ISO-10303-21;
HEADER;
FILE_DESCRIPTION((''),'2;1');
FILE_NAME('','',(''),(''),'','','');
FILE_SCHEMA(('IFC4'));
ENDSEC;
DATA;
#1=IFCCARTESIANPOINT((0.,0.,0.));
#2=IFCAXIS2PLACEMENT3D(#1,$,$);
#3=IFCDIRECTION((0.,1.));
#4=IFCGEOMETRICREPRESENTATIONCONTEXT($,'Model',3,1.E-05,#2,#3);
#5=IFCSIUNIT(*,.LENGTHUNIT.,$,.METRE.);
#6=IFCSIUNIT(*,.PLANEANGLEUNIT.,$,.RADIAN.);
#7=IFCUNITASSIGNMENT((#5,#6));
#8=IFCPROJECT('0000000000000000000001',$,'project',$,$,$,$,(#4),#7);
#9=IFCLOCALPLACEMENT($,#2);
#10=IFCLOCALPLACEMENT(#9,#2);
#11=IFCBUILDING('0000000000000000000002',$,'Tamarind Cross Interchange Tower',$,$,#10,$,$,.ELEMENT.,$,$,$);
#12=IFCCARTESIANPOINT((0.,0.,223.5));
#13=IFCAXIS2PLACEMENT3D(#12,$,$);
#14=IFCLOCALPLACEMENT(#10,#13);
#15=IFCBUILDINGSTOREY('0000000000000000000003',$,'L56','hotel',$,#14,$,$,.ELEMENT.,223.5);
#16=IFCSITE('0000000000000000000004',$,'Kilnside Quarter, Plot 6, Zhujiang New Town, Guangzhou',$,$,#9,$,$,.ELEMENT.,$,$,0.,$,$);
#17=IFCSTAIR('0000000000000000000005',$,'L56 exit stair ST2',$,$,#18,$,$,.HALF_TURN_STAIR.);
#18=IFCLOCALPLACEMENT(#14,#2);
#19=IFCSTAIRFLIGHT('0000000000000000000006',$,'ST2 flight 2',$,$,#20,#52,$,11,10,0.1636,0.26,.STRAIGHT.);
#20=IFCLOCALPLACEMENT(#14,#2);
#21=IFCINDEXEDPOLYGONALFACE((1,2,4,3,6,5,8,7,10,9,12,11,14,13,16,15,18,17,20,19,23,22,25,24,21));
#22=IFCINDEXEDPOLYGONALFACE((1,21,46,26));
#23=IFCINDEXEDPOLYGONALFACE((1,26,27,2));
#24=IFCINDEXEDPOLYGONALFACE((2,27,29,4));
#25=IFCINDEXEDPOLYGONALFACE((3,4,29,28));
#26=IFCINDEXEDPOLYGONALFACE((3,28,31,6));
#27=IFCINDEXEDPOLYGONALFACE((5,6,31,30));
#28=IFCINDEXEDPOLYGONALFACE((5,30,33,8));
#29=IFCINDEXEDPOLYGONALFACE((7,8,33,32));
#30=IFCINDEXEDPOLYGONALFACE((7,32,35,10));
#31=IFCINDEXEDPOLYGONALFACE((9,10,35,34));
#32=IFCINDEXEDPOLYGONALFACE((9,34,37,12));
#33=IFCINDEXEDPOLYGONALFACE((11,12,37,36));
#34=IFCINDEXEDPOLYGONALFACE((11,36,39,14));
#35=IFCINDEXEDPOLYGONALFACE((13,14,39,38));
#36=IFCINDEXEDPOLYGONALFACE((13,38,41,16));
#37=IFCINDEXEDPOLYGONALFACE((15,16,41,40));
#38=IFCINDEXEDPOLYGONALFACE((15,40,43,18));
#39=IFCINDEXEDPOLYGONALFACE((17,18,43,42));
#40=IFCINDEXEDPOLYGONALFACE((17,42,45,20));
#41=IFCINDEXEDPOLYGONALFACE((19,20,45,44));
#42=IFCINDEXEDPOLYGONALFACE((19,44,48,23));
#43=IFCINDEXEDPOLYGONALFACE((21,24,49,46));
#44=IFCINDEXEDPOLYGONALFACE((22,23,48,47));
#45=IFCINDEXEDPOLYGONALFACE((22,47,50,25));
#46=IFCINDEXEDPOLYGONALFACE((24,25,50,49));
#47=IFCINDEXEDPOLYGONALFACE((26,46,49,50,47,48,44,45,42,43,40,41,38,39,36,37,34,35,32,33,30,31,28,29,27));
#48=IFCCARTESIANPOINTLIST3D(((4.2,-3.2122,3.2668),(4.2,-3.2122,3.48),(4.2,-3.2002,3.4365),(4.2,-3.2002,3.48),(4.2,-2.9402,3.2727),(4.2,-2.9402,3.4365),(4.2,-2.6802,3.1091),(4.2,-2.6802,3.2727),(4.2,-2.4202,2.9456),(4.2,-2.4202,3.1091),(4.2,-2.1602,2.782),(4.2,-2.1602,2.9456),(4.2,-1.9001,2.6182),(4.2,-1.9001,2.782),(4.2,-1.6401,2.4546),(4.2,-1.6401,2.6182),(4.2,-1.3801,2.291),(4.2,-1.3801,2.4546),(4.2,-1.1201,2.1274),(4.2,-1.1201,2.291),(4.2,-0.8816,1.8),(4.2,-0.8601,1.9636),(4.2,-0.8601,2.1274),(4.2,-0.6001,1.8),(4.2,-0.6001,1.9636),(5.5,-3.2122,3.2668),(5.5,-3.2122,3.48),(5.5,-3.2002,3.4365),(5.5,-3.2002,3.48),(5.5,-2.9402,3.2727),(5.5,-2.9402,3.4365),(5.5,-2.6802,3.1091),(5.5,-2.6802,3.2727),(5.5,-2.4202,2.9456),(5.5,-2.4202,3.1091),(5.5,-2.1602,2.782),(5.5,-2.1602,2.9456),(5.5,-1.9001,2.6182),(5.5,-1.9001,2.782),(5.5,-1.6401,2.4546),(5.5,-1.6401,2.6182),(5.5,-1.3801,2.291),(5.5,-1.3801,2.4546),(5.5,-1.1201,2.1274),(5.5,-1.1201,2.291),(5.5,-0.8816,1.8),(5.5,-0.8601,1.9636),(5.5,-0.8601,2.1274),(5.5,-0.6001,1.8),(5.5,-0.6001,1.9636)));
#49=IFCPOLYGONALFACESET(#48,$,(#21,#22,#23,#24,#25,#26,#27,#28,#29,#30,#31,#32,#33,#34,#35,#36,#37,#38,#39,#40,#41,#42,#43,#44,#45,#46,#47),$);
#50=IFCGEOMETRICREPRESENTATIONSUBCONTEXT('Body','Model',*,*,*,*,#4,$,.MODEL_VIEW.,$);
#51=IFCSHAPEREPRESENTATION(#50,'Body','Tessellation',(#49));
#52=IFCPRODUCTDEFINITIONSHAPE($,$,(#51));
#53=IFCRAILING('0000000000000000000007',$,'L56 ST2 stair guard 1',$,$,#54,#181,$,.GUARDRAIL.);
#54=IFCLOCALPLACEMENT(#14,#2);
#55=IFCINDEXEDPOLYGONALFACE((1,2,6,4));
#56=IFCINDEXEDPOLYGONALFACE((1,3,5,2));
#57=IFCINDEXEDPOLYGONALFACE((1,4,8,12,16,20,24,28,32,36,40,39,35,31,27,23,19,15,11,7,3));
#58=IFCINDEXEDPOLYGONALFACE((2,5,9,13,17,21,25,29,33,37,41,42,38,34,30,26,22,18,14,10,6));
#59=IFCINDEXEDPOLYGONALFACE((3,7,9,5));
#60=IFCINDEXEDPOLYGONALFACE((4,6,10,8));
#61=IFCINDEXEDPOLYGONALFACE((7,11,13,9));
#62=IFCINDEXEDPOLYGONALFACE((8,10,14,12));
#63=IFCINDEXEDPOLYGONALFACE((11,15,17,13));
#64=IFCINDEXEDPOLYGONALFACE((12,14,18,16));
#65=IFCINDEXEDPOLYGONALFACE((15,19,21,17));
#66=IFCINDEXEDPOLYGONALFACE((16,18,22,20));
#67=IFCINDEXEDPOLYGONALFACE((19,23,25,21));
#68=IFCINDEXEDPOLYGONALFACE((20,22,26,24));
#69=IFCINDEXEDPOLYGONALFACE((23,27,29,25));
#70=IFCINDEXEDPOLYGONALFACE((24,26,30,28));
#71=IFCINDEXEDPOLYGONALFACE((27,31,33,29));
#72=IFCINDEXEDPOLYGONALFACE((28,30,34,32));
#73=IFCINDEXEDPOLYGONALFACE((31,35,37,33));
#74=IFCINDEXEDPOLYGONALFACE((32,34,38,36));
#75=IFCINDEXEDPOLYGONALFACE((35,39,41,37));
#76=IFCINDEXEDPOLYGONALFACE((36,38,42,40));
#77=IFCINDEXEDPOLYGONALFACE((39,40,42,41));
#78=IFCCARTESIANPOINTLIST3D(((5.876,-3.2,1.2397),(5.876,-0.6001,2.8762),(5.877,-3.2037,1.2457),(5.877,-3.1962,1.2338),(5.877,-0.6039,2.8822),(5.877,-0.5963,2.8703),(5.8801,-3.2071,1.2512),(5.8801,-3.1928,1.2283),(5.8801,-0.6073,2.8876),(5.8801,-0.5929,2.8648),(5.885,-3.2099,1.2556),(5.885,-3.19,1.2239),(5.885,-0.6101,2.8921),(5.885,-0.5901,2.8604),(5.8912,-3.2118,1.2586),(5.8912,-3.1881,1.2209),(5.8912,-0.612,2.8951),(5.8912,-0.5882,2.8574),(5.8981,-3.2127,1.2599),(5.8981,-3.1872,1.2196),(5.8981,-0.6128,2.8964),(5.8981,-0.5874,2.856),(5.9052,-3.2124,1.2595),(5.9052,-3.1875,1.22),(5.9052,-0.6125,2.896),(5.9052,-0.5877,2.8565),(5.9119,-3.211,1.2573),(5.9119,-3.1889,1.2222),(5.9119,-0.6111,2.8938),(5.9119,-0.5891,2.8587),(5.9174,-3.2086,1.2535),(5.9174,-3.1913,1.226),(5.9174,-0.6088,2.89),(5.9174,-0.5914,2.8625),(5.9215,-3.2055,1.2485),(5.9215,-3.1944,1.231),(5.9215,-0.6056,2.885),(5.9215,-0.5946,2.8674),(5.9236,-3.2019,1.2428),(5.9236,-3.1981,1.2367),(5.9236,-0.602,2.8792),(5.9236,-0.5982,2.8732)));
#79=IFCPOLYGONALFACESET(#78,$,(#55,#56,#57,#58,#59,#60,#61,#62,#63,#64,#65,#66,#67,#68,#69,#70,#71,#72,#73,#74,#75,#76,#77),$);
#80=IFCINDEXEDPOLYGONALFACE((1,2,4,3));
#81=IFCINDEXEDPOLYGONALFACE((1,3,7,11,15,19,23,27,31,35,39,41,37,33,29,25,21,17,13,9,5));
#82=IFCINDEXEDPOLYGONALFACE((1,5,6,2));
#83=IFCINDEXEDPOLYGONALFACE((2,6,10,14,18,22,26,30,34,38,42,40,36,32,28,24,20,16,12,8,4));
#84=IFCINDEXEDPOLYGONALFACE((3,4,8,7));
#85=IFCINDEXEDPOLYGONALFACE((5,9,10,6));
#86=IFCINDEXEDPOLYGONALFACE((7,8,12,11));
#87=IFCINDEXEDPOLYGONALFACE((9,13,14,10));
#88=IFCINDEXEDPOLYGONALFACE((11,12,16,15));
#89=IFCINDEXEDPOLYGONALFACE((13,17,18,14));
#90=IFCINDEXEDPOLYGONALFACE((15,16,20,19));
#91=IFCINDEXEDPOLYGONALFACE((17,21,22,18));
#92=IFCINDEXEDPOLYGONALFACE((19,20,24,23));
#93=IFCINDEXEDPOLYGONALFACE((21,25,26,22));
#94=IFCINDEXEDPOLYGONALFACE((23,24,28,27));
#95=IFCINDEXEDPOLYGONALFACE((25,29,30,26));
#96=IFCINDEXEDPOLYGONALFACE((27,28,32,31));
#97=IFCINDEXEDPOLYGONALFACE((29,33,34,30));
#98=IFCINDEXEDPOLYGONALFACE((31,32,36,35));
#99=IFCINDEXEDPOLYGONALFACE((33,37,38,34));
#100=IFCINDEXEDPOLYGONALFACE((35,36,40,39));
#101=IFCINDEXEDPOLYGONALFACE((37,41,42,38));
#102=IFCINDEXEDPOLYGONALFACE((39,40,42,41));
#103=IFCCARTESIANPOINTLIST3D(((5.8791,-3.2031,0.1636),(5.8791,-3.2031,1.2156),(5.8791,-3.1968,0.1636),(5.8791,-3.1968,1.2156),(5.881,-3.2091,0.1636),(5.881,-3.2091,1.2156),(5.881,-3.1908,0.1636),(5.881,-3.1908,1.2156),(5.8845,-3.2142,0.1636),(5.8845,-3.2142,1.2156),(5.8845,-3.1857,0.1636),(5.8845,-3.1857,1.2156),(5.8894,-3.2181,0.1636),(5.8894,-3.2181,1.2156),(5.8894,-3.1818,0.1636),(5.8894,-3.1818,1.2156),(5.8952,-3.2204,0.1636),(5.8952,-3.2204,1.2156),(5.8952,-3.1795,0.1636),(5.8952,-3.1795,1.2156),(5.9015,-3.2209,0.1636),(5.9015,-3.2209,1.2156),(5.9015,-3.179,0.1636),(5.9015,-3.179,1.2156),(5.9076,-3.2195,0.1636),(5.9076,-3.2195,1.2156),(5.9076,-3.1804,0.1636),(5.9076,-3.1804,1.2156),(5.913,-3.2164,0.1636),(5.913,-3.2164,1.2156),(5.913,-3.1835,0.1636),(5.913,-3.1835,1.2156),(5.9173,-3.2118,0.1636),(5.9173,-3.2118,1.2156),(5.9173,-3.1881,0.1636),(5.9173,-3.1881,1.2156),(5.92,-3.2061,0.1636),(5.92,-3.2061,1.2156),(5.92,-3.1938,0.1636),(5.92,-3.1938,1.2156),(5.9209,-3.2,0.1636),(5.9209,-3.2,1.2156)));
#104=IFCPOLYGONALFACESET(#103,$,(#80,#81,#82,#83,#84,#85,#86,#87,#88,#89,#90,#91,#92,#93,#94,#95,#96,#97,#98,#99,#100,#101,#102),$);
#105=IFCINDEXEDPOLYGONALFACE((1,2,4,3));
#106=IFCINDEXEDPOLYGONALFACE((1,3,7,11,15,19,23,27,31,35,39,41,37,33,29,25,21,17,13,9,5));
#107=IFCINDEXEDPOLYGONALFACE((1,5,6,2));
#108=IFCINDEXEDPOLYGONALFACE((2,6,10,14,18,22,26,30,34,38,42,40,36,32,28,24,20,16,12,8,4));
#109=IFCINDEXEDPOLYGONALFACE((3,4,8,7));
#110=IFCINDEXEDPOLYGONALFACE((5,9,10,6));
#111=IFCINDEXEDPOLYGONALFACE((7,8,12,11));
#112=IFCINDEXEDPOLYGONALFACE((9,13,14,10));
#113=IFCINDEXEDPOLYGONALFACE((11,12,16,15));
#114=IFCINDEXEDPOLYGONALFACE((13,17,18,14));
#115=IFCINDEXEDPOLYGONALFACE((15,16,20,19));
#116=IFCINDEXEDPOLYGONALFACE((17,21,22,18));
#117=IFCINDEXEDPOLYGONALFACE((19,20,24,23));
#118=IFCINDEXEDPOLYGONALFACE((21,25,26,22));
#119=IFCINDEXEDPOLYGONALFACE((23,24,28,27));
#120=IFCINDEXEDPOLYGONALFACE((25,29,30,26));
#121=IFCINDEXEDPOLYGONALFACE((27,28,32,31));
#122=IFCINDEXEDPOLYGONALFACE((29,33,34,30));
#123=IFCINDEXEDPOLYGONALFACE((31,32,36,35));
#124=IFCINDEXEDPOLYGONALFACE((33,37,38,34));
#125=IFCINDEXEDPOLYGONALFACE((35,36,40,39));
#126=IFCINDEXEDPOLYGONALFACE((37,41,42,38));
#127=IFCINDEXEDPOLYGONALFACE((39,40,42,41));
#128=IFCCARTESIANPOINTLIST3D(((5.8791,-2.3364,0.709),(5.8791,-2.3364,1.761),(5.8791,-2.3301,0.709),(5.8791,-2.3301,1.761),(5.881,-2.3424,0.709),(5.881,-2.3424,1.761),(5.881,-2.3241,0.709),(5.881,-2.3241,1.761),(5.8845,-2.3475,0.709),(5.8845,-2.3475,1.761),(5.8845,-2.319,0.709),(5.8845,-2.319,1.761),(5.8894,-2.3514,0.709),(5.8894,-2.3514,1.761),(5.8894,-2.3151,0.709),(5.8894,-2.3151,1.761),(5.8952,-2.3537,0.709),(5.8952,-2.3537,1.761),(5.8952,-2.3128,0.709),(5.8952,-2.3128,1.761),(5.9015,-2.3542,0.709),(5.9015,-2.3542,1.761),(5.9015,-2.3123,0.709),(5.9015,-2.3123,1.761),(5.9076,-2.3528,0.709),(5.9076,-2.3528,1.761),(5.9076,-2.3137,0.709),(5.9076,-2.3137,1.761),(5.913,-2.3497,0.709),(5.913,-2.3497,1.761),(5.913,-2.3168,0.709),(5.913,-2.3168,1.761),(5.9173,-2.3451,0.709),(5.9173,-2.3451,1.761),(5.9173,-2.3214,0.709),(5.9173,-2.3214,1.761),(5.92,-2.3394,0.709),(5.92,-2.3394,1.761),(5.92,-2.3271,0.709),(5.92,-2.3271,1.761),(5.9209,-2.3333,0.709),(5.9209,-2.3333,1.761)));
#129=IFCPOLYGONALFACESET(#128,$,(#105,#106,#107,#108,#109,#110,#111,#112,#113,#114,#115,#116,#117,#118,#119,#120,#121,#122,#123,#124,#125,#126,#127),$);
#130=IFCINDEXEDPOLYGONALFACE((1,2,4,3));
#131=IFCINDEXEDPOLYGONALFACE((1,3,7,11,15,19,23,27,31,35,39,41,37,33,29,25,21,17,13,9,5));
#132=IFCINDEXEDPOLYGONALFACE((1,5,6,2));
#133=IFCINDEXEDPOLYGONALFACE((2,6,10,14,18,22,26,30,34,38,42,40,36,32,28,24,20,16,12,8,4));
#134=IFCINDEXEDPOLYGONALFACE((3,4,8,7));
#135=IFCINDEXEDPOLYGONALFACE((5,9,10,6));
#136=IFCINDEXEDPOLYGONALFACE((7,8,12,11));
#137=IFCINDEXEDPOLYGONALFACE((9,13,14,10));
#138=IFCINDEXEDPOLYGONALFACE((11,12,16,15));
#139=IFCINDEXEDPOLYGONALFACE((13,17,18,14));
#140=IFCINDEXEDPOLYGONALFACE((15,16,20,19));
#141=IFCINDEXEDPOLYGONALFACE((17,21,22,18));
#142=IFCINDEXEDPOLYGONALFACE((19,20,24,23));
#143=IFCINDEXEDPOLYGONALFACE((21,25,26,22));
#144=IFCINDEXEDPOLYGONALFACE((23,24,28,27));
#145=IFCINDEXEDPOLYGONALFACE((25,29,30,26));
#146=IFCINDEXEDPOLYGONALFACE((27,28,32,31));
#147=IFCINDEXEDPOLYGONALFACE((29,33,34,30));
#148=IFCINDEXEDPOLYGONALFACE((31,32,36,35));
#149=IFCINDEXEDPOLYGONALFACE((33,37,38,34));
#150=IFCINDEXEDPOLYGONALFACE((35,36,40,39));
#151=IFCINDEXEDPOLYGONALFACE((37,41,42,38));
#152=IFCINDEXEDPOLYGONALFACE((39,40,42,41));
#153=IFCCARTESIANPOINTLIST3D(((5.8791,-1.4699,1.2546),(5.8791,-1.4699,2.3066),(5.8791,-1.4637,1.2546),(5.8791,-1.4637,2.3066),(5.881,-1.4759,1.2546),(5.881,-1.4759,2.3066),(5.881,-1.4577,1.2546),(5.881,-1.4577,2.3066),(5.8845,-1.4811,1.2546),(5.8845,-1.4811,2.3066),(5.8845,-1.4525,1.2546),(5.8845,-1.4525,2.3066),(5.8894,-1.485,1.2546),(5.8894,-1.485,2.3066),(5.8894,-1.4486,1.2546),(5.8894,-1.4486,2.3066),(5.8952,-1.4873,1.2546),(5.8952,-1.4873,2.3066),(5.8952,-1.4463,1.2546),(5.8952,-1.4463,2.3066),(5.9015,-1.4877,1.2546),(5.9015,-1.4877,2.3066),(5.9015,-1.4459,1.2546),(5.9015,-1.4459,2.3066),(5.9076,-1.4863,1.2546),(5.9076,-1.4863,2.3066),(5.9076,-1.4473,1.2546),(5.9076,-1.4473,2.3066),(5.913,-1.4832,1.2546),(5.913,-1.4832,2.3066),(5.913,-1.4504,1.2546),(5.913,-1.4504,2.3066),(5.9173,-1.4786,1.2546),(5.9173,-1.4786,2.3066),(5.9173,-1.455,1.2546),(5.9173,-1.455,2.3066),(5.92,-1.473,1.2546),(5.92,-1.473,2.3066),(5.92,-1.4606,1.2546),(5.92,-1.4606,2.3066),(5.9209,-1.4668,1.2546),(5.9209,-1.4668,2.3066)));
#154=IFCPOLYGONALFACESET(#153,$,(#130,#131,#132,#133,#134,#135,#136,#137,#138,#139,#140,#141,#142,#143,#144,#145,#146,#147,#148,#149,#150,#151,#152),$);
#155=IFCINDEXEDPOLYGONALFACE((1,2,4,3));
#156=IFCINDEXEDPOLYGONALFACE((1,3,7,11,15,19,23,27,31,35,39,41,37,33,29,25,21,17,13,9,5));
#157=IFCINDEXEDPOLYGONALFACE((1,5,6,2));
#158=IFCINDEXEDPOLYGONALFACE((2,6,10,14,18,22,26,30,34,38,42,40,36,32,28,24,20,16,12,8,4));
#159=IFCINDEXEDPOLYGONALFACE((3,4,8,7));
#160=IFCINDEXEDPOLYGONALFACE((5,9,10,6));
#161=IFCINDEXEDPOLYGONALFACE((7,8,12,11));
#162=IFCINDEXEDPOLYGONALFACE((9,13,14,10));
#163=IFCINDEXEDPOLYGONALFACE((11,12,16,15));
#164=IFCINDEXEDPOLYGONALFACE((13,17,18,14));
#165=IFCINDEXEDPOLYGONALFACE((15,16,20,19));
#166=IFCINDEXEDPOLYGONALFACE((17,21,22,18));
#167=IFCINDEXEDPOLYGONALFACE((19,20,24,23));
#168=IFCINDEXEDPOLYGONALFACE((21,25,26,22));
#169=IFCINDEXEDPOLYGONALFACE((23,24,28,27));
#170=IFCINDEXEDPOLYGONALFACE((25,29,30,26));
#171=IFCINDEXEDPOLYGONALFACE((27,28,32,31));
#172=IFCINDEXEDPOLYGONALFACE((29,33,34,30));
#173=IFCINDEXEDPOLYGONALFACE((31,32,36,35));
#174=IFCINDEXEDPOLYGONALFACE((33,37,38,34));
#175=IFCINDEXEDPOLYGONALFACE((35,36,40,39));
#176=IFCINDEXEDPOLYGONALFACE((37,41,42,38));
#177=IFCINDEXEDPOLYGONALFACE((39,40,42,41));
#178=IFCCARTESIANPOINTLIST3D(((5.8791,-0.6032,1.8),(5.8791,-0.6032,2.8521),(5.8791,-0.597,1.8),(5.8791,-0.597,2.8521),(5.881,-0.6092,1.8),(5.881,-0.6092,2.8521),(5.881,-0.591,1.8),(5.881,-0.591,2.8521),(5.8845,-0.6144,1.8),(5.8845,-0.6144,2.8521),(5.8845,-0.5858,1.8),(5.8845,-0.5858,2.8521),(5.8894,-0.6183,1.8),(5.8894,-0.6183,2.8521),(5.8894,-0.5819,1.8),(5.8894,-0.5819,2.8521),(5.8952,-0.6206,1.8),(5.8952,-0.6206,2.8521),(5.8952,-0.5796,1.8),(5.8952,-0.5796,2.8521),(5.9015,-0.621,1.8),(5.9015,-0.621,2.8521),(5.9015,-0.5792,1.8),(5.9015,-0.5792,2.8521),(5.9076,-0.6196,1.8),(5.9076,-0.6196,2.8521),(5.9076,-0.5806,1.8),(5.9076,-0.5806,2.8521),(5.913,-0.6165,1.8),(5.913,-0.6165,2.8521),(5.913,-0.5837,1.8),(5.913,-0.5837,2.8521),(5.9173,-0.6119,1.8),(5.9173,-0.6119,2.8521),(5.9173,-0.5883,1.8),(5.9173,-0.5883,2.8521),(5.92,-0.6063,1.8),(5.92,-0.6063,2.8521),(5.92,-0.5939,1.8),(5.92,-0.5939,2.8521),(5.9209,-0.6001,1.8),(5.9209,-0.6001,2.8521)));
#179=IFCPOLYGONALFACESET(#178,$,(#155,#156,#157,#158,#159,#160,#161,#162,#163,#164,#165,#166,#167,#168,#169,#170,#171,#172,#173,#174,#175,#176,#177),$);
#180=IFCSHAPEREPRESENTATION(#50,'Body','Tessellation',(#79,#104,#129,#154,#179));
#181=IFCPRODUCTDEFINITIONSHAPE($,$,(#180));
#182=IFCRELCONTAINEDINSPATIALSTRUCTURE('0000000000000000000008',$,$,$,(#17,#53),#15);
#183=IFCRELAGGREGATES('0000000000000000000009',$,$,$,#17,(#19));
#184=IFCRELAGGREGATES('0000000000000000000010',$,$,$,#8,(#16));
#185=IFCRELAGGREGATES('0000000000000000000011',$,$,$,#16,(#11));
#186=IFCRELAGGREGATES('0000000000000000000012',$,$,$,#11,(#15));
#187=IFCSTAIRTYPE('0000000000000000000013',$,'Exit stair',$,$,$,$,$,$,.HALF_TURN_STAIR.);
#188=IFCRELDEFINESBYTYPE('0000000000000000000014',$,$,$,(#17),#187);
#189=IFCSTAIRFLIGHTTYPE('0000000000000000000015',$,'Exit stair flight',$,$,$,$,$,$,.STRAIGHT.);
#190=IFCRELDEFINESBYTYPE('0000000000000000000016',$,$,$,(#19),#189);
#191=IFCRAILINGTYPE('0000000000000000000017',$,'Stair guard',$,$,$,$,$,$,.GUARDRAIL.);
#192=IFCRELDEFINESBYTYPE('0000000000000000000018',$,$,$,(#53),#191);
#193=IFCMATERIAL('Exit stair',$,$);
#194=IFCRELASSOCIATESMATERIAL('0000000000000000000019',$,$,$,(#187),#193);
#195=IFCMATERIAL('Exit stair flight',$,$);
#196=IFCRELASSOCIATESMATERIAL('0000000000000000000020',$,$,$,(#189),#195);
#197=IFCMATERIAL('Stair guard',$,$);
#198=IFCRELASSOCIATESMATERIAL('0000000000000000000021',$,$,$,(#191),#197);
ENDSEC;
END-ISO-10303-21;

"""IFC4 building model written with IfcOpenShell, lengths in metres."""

from ifc_helpers import new_model, si_unit, direction, frame, origin, origin_2d, place, context, subcontext, project, spatial, polyline, circle, outline, extrude, material, type_object, element, aggregate, save


model = new_model("IFC4")

# Units and contexts
model_context = context("Model", 3, precision=1e-05, world=origin(), true_north=direction((0.0, 1.0)))
body_context = subcontext(model_context, "Body", "Model", "MODEL_VIEW")
ifc_project = project(units=[si_unit("LENGTHUNIT", "METRE"), si_unit("PLANEANGLEUNIT", "RADIAN")], contexts=[model_context])

# Site, building, storey
site_placement = place(None, origin())
site = spatial("IfcSite", under=ifc_project, at=site_placement, Name="Kilnside Quarter, Plot 6, Zhujiang New Town, Guangzhou", CompositionType="ELEMENT", RefElevation=0.0)
building_placement = place(site_placement, origin())
building = spatial("IfcBuilding", under=site, at=building_placement, Name="Tamarind Cross Interchange Tower", CompositionType="ELEMENT")
storey_placement = place(building_placement, frame((0.0, 0.0, 223.5)))
storey = spatial("IfcBuildingStorey", under=building, at=storey_placement, Name="L56", Description="hotel", CompositionType="ELEMENT", Elevation=223.5)

# Stair, stair flight
ifc_material_1 = material(Name="Exit stair")
stair_type = type_object("IfcStairType", Name="Exit stair", PredefinedType="HALF_TURN_STAIR", material=ifc_material_1)
stair_placement = place(storey_placement, origin())
stair = element("IfcStair", 1, at=stair_placement, inside=storey, type_object=stair_type, Name="L56 exit stair ST2", PredefinedType="HALF_TURN_STAIR")
ifc_material_2 = material(Name="Exit stair flight")
stair_flight_type = type_object("IfcStairFlightType", Name="Exit stair flight", PredefinedType="STRAIGHT", material=ifc_material_2)
stair_flight_1_placement = place(storey_placement, frame((4.8501, -0.6001, 1.8), z_axis=(0.0, 0.0, 1.0), x_axis=(0.0, -1.0, 0.0)))
stair_flight_1 = element("IfcStairFlight", 2, at=stair_flight_1_placement, type_object=stair_flight_type, Name="ST2 flight 2", NumberOfRisers=11, NumberOfTreads=10, PredefinedType="STRAIGHT", RiserHeight=0.1636, TreadLength=0.26, context=body_context, shape_type="SweptSolid", body=[
    extrude(outline(polyline([(0.0, 0.0), (0.0, 0.1636), (0.26, 0.1636), (0.26, 0.3274), (0.52, 0.3274), (0.52, 0.491), (0.78, 0.491), (0.78, 0.6545), (1.04, 0.6545), (1.04, 0.8181), (1.3, 0.8181), (1.3, 0.9819), (1.5601, 0.9819), (1.5601, 1.1455), (1.8201, 1.1455), (1.8201, 1.3091), (2.0801, 1.3091), (2.0801, 1.4727), (2.3401, 1.4727), (2.3401, 1.6365), (2.6001, 1.6365), (2.6001, 1.6799), (2.6121, 1.6799), (2.6121, 1.4668), (0.2815, 0.0), (0.0, 0.0)])), frame((0.0, 0.6499, 0.0), z_axis=(0.0, -1.0, 0.0), x_axis=(1.0, 0.0, 0.0)), (0.0, 0.0, 1.0), 1.3),
])
aggregate(stair, [stair_flight_1])

# Railing
ifc_material_3 = material(Name="Stair guard")
railing_type_1 = type_object("IfcRailingType", Name="Stair guard", PredefinedType="GUARDRAIL", material=ifc_material_3)
railing_1_placement = place(storey_placement, frame((5.8999, -3.2, 0.1636)))
element("IfcRailing", 3, at=railing_1_placement, inside=storey, type_object=railing_type_1, Name="L56 ST2 stair guard 1", PredefinedType="GUARDRAIL", context=body_context, shape_type="SweptSolid", body=[
    extrude(circle(Radius=0.0239, at=origin_2d()), frame((0.0, 0.0, 1.0762), z_axis=(0.0, 0.846302, 0.532704), x_axis=(-1.0, 0.0, 0.0)), (0.0, 0.0, 1.0), 3.072),
    extrude(circle(Radius=0.021, at=origin_2d()), origin(), (0.0, 0.0, 1.0), 1.052),
    extrude(circle(Radius=0.021, at=origin_2d()), frame((0.0, 0.8667, 0.5454)), (0.0, 0.0, 1.0), 1.052),
    extrude(circle(Radius=0.021, at=origin_2d()), frame((0.0, 1.7332, 1.0911)), (0.0, 0.0, 1.0), 1.052),
    extrude(circle(Radius=0.021, at=origin_2d()), frame((0.0, 2.5999, 1.6365)), (0.0, 0.0, 1.0), 1.052),
])

save(model, "model.ifc")
